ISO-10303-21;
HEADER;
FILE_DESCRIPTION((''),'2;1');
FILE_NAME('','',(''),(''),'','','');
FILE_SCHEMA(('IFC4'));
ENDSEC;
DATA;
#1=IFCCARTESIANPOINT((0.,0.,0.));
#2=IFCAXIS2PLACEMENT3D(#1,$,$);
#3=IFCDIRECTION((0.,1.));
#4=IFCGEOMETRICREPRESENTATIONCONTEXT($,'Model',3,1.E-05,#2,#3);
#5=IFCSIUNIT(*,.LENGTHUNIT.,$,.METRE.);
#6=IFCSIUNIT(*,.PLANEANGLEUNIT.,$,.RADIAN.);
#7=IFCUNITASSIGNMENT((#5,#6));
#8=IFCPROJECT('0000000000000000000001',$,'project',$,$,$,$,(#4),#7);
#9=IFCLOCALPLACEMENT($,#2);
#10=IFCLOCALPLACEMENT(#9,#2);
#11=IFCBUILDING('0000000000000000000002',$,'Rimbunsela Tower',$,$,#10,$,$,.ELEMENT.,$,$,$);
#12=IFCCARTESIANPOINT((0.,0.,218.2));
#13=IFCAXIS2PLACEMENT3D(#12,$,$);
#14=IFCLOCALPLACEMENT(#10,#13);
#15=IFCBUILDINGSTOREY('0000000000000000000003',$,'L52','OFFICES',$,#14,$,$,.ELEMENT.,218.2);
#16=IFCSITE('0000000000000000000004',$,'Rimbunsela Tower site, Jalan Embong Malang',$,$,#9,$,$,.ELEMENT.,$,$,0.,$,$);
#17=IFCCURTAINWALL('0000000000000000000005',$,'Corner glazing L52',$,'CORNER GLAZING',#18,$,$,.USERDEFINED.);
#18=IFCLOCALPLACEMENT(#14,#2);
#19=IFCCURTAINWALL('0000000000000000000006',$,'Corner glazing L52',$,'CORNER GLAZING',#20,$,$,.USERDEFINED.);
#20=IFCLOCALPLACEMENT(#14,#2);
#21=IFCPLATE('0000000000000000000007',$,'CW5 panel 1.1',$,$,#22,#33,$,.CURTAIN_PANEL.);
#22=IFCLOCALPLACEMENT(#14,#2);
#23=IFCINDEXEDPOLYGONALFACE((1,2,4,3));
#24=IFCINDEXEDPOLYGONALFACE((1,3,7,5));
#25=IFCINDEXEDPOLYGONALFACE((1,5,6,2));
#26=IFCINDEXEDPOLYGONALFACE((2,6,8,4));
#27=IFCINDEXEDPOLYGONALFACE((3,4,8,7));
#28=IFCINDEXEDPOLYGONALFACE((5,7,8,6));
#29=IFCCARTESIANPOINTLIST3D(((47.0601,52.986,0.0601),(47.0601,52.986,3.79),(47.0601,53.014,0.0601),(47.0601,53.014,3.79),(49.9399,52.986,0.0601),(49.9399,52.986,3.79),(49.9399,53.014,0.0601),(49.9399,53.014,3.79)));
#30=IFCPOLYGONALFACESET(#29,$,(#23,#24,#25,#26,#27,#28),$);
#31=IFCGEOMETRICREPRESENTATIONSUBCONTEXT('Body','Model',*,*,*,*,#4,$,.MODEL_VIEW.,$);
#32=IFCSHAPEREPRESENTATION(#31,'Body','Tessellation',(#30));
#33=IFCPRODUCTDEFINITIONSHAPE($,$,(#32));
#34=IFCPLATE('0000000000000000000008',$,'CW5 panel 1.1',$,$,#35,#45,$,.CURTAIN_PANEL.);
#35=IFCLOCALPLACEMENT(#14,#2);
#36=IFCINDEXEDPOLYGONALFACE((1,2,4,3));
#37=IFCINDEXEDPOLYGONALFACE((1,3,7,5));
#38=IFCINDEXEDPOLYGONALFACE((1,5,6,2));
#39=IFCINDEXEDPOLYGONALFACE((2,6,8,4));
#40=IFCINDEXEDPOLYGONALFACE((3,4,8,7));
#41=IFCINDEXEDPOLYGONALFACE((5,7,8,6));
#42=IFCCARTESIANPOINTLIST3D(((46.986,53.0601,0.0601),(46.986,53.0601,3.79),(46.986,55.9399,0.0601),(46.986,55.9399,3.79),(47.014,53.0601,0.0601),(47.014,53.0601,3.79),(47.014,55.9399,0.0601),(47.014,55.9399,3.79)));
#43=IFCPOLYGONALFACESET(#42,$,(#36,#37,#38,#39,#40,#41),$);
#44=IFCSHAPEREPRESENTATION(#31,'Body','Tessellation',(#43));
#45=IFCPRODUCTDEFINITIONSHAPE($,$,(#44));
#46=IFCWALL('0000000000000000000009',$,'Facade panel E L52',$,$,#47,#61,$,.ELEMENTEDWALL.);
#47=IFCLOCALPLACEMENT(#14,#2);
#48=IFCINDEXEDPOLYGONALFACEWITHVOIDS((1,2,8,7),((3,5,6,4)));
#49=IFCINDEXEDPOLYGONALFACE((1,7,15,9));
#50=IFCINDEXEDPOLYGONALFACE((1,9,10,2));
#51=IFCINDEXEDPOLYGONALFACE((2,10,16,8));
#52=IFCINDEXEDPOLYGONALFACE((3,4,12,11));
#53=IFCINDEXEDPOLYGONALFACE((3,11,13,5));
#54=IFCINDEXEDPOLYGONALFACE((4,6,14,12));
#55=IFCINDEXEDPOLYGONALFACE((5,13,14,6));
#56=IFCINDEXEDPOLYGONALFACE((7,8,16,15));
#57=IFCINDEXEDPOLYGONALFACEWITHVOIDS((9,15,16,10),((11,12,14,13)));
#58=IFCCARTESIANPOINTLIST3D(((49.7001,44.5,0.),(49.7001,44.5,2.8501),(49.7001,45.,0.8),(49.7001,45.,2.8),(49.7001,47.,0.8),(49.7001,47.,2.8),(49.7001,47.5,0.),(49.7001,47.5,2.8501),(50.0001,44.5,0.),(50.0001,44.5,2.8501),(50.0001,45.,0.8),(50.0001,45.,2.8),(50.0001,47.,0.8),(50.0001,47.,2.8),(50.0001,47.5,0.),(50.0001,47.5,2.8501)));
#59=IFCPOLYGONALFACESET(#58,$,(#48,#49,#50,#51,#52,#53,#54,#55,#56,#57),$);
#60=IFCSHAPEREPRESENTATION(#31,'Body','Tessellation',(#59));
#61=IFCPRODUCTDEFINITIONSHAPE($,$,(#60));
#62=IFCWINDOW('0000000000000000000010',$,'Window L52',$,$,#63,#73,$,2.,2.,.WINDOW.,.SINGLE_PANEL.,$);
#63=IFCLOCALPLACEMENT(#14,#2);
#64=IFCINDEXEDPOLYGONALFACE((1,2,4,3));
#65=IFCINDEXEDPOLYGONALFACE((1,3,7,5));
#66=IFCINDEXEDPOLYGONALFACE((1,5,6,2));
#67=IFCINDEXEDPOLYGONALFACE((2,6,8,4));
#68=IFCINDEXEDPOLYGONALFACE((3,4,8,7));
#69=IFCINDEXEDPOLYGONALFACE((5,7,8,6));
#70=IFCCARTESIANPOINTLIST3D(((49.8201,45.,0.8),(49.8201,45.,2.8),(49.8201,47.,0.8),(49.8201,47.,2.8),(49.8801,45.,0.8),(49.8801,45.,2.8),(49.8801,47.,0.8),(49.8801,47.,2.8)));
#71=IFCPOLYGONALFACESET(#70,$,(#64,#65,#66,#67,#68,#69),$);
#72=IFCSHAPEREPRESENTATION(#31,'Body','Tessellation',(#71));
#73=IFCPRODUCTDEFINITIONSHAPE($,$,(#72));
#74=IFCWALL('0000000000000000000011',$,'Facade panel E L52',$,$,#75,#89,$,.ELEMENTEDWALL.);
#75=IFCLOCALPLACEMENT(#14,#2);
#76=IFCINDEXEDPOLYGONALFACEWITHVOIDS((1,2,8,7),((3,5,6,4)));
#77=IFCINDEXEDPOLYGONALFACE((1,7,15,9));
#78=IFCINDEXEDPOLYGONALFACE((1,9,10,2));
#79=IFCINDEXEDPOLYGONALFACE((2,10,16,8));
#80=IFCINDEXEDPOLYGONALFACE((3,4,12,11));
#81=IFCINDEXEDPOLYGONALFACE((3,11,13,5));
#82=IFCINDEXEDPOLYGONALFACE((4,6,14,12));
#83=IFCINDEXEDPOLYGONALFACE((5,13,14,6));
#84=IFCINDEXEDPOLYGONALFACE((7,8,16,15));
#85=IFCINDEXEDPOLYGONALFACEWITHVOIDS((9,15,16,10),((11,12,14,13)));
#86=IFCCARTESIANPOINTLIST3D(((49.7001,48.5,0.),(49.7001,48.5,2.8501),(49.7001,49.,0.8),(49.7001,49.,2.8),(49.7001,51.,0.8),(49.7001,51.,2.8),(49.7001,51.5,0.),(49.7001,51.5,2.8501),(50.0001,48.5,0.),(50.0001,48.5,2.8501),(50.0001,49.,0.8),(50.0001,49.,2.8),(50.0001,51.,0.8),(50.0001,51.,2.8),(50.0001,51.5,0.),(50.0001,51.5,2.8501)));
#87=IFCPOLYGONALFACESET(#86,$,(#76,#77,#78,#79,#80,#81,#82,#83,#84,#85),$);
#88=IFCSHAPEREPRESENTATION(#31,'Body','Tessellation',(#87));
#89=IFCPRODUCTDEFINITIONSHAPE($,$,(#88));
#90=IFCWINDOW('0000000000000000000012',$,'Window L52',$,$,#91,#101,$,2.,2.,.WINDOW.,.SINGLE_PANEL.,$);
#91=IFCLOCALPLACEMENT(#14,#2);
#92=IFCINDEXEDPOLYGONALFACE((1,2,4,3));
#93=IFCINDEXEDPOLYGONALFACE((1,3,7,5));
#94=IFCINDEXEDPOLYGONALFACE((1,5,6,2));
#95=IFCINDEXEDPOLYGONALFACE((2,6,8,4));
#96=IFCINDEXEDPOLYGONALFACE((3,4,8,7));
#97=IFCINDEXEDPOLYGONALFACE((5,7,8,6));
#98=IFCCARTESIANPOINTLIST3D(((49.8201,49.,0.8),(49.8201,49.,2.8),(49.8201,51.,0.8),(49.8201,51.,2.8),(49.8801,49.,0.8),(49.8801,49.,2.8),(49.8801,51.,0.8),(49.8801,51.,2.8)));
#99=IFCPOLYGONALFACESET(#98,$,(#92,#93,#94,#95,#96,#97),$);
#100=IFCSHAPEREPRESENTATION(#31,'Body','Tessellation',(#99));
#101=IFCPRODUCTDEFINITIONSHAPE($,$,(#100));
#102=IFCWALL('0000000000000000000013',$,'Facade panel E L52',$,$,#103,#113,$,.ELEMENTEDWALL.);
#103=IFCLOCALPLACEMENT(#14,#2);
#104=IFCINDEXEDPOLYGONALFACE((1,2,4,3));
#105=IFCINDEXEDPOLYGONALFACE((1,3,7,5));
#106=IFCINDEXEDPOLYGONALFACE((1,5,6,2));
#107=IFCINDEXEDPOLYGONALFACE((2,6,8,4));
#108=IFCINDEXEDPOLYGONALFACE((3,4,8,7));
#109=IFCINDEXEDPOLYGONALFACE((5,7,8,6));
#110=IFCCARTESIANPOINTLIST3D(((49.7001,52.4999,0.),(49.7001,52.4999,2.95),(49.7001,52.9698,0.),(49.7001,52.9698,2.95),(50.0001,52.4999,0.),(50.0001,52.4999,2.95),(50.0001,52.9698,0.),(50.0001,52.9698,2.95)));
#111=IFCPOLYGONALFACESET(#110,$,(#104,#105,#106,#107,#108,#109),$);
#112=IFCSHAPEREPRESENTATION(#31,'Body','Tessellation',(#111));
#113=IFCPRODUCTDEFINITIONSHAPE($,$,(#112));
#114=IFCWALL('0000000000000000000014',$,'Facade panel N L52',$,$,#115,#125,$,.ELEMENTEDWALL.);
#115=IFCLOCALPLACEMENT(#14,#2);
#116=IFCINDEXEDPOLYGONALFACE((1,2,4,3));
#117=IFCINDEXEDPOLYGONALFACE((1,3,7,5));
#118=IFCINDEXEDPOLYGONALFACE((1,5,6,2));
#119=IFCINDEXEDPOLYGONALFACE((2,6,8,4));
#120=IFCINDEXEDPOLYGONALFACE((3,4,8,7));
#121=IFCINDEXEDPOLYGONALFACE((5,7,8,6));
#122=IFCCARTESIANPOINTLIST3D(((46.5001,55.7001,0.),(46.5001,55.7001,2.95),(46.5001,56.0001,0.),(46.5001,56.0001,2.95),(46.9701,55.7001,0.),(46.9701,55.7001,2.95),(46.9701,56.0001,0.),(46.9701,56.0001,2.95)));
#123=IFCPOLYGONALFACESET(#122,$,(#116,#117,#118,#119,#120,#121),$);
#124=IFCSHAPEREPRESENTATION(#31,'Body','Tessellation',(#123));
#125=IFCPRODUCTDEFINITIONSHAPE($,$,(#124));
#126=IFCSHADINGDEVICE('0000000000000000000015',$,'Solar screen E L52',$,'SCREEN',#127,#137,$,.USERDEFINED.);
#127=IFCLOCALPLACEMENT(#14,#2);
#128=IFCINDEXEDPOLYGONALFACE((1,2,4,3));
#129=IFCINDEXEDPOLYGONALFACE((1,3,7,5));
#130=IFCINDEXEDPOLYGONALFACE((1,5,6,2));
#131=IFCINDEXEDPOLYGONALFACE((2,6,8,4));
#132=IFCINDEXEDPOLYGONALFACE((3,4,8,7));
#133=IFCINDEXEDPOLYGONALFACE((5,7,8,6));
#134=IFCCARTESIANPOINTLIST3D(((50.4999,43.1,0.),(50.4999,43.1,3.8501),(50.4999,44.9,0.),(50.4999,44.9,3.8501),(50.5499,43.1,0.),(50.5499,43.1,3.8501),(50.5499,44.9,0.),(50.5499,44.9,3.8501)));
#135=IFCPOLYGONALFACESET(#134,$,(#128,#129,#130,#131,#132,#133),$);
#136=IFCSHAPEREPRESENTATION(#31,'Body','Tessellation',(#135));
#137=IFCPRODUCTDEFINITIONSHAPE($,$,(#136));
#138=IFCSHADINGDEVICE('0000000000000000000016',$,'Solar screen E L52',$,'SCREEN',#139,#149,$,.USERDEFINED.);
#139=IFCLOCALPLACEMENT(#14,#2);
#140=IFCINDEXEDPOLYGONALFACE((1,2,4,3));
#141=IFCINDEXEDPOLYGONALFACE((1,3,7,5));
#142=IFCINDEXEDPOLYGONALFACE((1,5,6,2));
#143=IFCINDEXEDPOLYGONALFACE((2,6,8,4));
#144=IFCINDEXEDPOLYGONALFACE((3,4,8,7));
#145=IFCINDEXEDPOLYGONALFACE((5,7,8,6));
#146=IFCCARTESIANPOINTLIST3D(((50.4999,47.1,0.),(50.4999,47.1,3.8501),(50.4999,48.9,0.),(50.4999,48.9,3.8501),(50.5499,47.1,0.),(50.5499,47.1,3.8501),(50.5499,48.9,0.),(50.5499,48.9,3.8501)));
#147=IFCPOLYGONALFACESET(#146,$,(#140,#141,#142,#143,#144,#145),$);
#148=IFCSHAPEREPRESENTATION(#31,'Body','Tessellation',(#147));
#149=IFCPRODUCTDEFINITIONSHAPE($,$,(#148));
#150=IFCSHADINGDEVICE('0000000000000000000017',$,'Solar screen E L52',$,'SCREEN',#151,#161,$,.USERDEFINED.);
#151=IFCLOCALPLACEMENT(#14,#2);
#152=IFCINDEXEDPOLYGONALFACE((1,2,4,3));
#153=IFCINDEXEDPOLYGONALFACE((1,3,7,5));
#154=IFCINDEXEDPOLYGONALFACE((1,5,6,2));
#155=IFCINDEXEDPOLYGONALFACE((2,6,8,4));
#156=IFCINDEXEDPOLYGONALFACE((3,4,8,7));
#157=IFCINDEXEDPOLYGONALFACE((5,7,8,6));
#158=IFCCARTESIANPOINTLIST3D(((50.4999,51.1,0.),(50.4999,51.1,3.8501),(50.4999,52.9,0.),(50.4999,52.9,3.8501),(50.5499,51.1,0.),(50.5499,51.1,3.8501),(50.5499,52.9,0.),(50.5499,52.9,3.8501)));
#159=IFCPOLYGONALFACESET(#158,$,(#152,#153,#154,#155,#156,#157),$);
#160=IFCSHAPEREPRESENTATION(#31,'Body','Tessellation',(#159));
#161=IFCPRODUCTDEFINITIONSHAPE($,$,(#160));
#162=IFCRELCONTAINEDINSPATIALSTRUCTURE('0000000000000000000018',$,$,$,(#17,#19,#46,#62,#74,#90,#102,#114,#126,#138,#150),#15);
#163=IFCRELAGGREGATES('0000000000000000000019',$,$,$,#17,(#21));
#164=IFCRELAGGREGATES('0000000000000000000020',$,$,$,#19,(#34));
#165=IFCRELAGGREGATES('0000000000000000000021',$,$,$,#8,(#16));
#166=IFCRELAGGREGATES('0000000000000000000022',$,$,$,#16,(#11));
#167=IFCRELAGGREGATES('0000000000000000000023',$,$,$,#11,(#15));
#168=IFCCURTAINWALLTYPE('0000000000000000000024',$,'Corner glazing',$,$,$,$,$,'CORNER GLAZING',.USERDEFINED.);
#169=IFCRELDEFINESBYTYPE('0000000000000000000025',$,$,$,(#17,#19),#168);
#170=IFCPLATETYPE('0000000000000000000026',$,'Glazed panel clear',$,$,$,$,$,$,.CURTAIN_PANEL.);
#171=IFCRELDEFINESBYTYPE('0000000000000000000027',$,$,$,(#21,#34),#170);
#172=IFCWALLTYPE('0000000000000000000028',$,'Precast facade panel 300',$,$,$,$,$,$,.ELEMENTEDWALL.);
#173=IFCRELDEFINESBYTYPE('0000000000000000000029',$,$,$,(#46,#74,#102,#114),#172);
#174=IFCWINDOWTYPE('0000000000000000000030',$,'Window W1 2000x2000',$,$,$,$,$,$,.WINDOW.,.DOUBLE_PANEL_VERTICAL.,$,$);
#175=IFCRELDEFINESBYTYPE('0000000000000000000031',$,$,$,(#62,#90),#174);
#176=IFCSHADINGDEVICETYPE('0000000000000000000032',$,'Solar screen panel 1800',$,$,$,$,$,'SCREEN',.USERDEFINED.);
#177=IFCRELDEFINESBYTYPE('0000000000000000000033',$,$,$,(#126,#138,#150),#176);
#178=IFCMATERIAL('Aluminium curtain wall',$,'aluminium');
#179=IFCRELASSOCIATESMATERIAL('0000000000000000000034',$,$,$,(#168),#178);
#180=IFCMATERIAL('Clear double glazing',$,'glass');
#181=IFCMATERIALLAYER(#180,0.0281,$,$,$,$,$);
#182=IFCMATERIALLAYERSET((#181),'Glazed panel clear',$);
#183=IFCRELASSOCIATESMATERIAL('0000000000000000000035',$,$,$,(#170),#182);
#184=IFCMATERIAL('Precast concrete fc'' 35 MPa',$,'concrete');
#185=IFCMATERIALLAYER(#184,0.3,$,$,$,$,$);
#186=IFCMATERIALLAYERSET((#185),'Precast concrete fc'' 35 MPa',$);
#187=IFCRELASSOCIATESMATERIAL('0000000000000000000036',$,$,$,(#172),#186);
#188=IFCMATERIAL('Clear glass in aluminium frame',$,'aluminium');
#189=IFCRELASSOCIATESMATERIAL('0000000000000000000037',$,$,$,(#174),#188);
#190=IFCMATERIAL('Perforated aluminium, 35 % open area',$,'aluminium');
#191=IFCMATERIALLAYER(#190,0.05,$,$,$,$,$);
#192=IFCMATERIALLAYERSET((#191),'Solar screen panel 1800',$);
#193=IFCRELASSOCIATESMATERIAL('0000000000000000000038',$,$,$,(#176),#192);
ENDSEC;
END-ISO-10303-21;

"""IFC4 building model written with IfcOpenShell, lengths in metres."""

from ifc_helpers import new_model, si_unit, direction, frame, frame_2d, origin, origin_2d, place, context, subcontext, project, spatial, rectangle, extrude, material, layer, layer_set, type_object, element, fill, aggregate, save


model = new_model("IFC4")

# Units and contexts
model_context = context("Model", 3, precision=1e-05, world=origin(), true_north=direction((0.0, 1.0)))
body_context = subcontext(model_context, "Body", "Model", "MODEL_VIEW")
ifc_project = project(units=[si_unit("LENGTHUNIT", "METRE"), si_unit("PLANEANGLEUNIT", "RADIAN")], contexts=[model_context])

# Site, building, storey
site_placement = place(None, origin())
site = spatial("IfcSite", under=ifc_project, at=site_placement, Name="Rimbunsela Tower site, Jalan Embong Malang", CompositionType="ELEMENT", RefElevation=0.0)
building_placement = place(site_placement, origin())
building = spatial("IfcBuilding", under=site, at=building_placement, Name="Rimbunsela Tower", CompositionType="ELEMENT")
storey_placement = place(building_placement, frame((0.0, 0.0, 218.2)))
storey = spatial("IfcBuildingStorey", under=building, at=storey_placement, Name="L52", Description="OFFICES", CompositionType="ELEMENT", Elevation=218.2)

# Curtain walls
ifc_material_1 = material(Name="Aluminium curtain wall", Category="aluminium")
curtain_wall_type = type_object("IfcCurtainWallType", Name="Corner glazing", ElementType="CORNER GLAZING", PredefinedType="USERDEFINED", material=ifc_material_1)
curtain_wall_1_placement = place(storey_placement, origin())
curtain_wall_1 = element("IfcCurtainWall", 1, at=curtain_wall_1_placement, inside=storey, type_object=curtain_wall_type, Name="Corner glazing L52", ObjectType="CORNER GLAZING", PredefinedType="USERDEFINED")
curtain_wall_2_placement = place(storey_placement, origin())
curtain_wall_2 = element("IfcCurtainWall", 2, at=curtain_wall_2_placement, inside=storey, type_object=curtain_wall_type, Name="Corner glazing L52", ObjectType="CORNER GLAZING", PredefinedType="USERDEFINED")

# Plates
ifc_material_2 = material(Name="Clear double glazing", Category="glass")
ifc_layer_1 = layer(ifc_material_2, 0.0281)
ifc_layer_set_1 = layer_set([ifc_layer_1], Name="Glazed panel clear")
plate_type = type_object("IfcPlateType", Name="Glazed panel clear", PredefinedType="CURTAIN_PANEL", material=ifc_layer_set_1)
plate_1_placement = place(storey_placement, frame((48.5, 53.0, 0.0601), z_axis=(0.0, 0.0, 1.0), x_axis=(-1.0, 0.0, 0.0)))
plate_1 = element("IfcPlate", 3, at=plate_1_placement, type_object=plate_type, Name="CW5 panel 1.1", PredefinedType="CURTAIN_PANEL", context=body_context, shape_type="SweptSolid", body=[
    extrude(rectangle(XDim=2.8799, YDim=0.0281, at=origin_2d()), origin(), (0.0, 0.0, 1.0), 3.73),
])
aggregate(curtain_wall_1, [plate_1])
plate_2_placement = place(storey_placement, frame((47.0, 54.5, 0.0601), z_axis=(0.0, 0.0, 1.0), x_axis=(0.0, 1.0, 0.0)))
plate_2 = element("IfcPlate", 4, at=plate_2_placement, type_object=plate_type, Name="CW5 panel 1.1", PredefinedType="CURTAIN_PANEL", context=body_context, shape_type="SweptSolid", body=[
    extrude(rectangle(XDim=2.8799, YDim=0.0281, at=origin_2d()), origin(), (0.0, 0.0, 1.0), 3.73),
])
aggregate(curtain_wall_2, [plate_2])

# Walls, openings, windows
ifc_material_3 = material(Name="Precast concrete fc' 35 MPa", Category="concrete")
ifc_layer_2 = layer(ifc_material_3, 0.3)
ifc_layer_set_2 = layer_set([ifc_layer_2], Name="Precast concrete fc' 35 MPa")
wall_type = type_object("IfcWallType", Name="Precast facade panel 300", PredefinedType="ELEMENTEDWALL", material=ifc_layer_set_2)
wall_1_placement = place(storey_placement, frame((49.8501, 44.5, 0.0), z_axis=(0.0, 0.0, 1.0), x_axis=(0.0, 1.0, 0.0)))
wall_1 = element("IfcWall", 5, at=wall_1_placement, inside=storey, type_object=wall_type, Name="Facade panel E L52", PredefinedType="ELEMENTEDWALL", context=body_context, shape_type="SweptSolid", body=[
    extrude(rectangle(XDim=3.0, YDim=0.3, at=frame_2d((1.5, 0.0))), origin(), (0.0, 0.0, 1.0), 2.8501),
])
opening_1_placement = place(wall_1_placement, frame((0.5, 0.0, 0.8)))
opening_1 = element("IfcOpeningElement", 6, at=opening_1_placement, cuts=wall_1, PredefinedType="OPENING", context=body_context, shape_type="SweptSolid", body=[
    extrude(rectangle(XDim=2.0, YDim=2.0, at=frame_2d((1.0, 1.0))), frame((0.0, 0.1599, 0.0), z_axis=(0.0, -1.0, 0.0), x_axis=(1.0, 0.0, 0.0)), (0.0, 0.0, 1.0), 0.3201),
])
ifc_material_4 = material(Name="Clear glass in aluminium frame", Category="aluminium")
window_type = type_object("IfcWindowType", Name="Window W1 2000x2000", PartitioningType="DOUBLE_PANEL_VERTICAL", PredefinedType="WINDOW", material=ifc_material_4)
window_1_placement = place(opening_1_placement, origin())
window_1 = element("IfcWindow", 7, at=window_1_placement, inside=storey, type_object=window_type, Name="Window L52", OverallHeight=2.0, OverallWidth=2.0, PartitioningType="SINGLE_PANEL", PredefinedType="WINDOW", context=body_context, shape_type="SweptSolid", body=[
    extrude(rectangle(XDim=2.0, YDim=2.0, at=frame_2d((1.0, 1.0))), frame((0.0, 0.03, 0.0), z_axis=(0.0, -1.0, 0.0), x_axis=(1.0, 0.0, 0.0)), (0.0, 0.0, 1.0), 0.0601),
])
fill(opening_1, window_1)
wall_2_placement = place(storey_placement, frame((49.8501, 48.5, 0.0), z_axis=(0.0, 0.0, 1.0), x_axis=(0.0, 1.0, 0.0)))
wall_2 = element("IfcWall", 8, at=wall_2_placement, inside=storey, type_object=wall_type, Name="Facade panel E L52", PredefinedType="ELEMENTEDWALL", context=body_context, shape_type="SweptSolid", body=[
    extrude(rectangle(XDim=3.0, YDim=0.3, at=frame_2d((1.5, 0.0))), origin(), (0.0, 0.0, 1.0), 2.8501),
])
opening_2_placement = place(wall_2_placement, frame((0.5, 0.0, 0.8)))
opening_2 = element("IfcOpeningElement", 9, at=opening_2_placement, cuts=wall_2, PredefinedType="OPENING", context=body_context, shape_type="SweptSolid", body=[
    extrude(rectangle(XDim=2.0, YDim=2.0, at=frame_2d((1.0, 1.0))), frame((0.0, 0.1599, 0.0), z_axis=(0.0, -1.0, 0.0), x_axis=(1.0, 0.0, 0.0)), (0.0, 0.0, 1.0), 0.3201),
])
window_2_placement = place(opening_2_placement, origin())
window_2 = element("IfcWindow", 10, at=window_2_placement, inside=storey, type_object=window_type, Name="Window L52", OverallHeight=2.0, OverallWidth=2.0, PartitioningType="SINGLE_PANEL", PredefinedType="WINDOW", context=body_context, shape_type="SweptSolid", body=[
    extrude(rectangle(XDim=2.0, YDim=2.0, at=frame_2d((1.0, 1.0))), frame((0.0, 0.03, 0.0), z_axis=(0.0, -1.0, 0.0), x_axis=(1.0, 0.0, 0.0)), (0.0, 0.0, 1.0), 0.0601),
])
fill(opening_2, window_2)

# Walls
for number, where, z_axis, x_axis, name in (
    (11, (49.8501, 52.5, 0.0), (0.0, 0.0, 1.0), (0.0, 1.0, 0.0), "Facade panel E L52"),
    (12, (46.97, 55.8501, 0.0), (0.0, 0.0, 1.0), (-1.0, 0.0, 0.0), "Facade panel N L52"),
):
    element("IfcWall", number, at=place(storey_placement, frame(where, z_axis=z_axis, x_axis=x_axis)), inside=storey, type_object=wall_type, Name=name, PredefinedType="ELEMENTEDWALL", context=body_context, shape_type="SweptSolid", body=[
        extrude(rectangle(XDim=0.47, YDim=0.3, at=frame_2d((0.2349, 0.0))), origin(), (0.0, 0.0, 1.0), 2.95),
    ])

# Shading devices
ifc_material_5 = material(Name="Perforated aluminium, 35 % open area", Category="aluminium")
ifc_layer_3 = layer(ifc_material_5, 0.05)
ifc_layer_set_3 = layer_set([ifc_layer_3], Name="Solar screen panel 1800")
shading_device_type = type_object("IfcShadingDeviceType", Name="Solar screen panel 1800", ElementType="SCREEN", PredefinedType="USERDEFINED", material=ifc_layer_set_3)
for number, where, z_axis, x_axis, name in (
    (13, (50.5249, 44.0, 0.0), (0.0, 0.0, 1.0), (0.0, 1.0, 0.0), "Solar screen E L52"),
    (14, (50.5249, 48.0, 0.0), (0.0, 0.0, 1.0), (0.0, 1.0, 0.0), "Solar screen E L52"),
    (15, (50.5249, 52.0, 0.0), (0.0, 0.0, 1.0), (0.0, 1.0, 0.0), "Solar screen E L52"),
):
    element("IfcShadingDevice", number, at=place(storey_placement, frame(where, z_axis=z_axis, x_axis=x_axis)), inside=storey, type_object=shading_device_type, Name=name, ObjectType="SCREEN", PredefinedType="USERDEFINED", context=body_context, shape_type="SweptSolid", body=[
        extrude(rectangle(XDim=1.8, YDim=0.05, at=origin_2d()), origin(), (0.0, 0.0, 1.0), 3.8501),
    ])

save(model, "model.ifc")
